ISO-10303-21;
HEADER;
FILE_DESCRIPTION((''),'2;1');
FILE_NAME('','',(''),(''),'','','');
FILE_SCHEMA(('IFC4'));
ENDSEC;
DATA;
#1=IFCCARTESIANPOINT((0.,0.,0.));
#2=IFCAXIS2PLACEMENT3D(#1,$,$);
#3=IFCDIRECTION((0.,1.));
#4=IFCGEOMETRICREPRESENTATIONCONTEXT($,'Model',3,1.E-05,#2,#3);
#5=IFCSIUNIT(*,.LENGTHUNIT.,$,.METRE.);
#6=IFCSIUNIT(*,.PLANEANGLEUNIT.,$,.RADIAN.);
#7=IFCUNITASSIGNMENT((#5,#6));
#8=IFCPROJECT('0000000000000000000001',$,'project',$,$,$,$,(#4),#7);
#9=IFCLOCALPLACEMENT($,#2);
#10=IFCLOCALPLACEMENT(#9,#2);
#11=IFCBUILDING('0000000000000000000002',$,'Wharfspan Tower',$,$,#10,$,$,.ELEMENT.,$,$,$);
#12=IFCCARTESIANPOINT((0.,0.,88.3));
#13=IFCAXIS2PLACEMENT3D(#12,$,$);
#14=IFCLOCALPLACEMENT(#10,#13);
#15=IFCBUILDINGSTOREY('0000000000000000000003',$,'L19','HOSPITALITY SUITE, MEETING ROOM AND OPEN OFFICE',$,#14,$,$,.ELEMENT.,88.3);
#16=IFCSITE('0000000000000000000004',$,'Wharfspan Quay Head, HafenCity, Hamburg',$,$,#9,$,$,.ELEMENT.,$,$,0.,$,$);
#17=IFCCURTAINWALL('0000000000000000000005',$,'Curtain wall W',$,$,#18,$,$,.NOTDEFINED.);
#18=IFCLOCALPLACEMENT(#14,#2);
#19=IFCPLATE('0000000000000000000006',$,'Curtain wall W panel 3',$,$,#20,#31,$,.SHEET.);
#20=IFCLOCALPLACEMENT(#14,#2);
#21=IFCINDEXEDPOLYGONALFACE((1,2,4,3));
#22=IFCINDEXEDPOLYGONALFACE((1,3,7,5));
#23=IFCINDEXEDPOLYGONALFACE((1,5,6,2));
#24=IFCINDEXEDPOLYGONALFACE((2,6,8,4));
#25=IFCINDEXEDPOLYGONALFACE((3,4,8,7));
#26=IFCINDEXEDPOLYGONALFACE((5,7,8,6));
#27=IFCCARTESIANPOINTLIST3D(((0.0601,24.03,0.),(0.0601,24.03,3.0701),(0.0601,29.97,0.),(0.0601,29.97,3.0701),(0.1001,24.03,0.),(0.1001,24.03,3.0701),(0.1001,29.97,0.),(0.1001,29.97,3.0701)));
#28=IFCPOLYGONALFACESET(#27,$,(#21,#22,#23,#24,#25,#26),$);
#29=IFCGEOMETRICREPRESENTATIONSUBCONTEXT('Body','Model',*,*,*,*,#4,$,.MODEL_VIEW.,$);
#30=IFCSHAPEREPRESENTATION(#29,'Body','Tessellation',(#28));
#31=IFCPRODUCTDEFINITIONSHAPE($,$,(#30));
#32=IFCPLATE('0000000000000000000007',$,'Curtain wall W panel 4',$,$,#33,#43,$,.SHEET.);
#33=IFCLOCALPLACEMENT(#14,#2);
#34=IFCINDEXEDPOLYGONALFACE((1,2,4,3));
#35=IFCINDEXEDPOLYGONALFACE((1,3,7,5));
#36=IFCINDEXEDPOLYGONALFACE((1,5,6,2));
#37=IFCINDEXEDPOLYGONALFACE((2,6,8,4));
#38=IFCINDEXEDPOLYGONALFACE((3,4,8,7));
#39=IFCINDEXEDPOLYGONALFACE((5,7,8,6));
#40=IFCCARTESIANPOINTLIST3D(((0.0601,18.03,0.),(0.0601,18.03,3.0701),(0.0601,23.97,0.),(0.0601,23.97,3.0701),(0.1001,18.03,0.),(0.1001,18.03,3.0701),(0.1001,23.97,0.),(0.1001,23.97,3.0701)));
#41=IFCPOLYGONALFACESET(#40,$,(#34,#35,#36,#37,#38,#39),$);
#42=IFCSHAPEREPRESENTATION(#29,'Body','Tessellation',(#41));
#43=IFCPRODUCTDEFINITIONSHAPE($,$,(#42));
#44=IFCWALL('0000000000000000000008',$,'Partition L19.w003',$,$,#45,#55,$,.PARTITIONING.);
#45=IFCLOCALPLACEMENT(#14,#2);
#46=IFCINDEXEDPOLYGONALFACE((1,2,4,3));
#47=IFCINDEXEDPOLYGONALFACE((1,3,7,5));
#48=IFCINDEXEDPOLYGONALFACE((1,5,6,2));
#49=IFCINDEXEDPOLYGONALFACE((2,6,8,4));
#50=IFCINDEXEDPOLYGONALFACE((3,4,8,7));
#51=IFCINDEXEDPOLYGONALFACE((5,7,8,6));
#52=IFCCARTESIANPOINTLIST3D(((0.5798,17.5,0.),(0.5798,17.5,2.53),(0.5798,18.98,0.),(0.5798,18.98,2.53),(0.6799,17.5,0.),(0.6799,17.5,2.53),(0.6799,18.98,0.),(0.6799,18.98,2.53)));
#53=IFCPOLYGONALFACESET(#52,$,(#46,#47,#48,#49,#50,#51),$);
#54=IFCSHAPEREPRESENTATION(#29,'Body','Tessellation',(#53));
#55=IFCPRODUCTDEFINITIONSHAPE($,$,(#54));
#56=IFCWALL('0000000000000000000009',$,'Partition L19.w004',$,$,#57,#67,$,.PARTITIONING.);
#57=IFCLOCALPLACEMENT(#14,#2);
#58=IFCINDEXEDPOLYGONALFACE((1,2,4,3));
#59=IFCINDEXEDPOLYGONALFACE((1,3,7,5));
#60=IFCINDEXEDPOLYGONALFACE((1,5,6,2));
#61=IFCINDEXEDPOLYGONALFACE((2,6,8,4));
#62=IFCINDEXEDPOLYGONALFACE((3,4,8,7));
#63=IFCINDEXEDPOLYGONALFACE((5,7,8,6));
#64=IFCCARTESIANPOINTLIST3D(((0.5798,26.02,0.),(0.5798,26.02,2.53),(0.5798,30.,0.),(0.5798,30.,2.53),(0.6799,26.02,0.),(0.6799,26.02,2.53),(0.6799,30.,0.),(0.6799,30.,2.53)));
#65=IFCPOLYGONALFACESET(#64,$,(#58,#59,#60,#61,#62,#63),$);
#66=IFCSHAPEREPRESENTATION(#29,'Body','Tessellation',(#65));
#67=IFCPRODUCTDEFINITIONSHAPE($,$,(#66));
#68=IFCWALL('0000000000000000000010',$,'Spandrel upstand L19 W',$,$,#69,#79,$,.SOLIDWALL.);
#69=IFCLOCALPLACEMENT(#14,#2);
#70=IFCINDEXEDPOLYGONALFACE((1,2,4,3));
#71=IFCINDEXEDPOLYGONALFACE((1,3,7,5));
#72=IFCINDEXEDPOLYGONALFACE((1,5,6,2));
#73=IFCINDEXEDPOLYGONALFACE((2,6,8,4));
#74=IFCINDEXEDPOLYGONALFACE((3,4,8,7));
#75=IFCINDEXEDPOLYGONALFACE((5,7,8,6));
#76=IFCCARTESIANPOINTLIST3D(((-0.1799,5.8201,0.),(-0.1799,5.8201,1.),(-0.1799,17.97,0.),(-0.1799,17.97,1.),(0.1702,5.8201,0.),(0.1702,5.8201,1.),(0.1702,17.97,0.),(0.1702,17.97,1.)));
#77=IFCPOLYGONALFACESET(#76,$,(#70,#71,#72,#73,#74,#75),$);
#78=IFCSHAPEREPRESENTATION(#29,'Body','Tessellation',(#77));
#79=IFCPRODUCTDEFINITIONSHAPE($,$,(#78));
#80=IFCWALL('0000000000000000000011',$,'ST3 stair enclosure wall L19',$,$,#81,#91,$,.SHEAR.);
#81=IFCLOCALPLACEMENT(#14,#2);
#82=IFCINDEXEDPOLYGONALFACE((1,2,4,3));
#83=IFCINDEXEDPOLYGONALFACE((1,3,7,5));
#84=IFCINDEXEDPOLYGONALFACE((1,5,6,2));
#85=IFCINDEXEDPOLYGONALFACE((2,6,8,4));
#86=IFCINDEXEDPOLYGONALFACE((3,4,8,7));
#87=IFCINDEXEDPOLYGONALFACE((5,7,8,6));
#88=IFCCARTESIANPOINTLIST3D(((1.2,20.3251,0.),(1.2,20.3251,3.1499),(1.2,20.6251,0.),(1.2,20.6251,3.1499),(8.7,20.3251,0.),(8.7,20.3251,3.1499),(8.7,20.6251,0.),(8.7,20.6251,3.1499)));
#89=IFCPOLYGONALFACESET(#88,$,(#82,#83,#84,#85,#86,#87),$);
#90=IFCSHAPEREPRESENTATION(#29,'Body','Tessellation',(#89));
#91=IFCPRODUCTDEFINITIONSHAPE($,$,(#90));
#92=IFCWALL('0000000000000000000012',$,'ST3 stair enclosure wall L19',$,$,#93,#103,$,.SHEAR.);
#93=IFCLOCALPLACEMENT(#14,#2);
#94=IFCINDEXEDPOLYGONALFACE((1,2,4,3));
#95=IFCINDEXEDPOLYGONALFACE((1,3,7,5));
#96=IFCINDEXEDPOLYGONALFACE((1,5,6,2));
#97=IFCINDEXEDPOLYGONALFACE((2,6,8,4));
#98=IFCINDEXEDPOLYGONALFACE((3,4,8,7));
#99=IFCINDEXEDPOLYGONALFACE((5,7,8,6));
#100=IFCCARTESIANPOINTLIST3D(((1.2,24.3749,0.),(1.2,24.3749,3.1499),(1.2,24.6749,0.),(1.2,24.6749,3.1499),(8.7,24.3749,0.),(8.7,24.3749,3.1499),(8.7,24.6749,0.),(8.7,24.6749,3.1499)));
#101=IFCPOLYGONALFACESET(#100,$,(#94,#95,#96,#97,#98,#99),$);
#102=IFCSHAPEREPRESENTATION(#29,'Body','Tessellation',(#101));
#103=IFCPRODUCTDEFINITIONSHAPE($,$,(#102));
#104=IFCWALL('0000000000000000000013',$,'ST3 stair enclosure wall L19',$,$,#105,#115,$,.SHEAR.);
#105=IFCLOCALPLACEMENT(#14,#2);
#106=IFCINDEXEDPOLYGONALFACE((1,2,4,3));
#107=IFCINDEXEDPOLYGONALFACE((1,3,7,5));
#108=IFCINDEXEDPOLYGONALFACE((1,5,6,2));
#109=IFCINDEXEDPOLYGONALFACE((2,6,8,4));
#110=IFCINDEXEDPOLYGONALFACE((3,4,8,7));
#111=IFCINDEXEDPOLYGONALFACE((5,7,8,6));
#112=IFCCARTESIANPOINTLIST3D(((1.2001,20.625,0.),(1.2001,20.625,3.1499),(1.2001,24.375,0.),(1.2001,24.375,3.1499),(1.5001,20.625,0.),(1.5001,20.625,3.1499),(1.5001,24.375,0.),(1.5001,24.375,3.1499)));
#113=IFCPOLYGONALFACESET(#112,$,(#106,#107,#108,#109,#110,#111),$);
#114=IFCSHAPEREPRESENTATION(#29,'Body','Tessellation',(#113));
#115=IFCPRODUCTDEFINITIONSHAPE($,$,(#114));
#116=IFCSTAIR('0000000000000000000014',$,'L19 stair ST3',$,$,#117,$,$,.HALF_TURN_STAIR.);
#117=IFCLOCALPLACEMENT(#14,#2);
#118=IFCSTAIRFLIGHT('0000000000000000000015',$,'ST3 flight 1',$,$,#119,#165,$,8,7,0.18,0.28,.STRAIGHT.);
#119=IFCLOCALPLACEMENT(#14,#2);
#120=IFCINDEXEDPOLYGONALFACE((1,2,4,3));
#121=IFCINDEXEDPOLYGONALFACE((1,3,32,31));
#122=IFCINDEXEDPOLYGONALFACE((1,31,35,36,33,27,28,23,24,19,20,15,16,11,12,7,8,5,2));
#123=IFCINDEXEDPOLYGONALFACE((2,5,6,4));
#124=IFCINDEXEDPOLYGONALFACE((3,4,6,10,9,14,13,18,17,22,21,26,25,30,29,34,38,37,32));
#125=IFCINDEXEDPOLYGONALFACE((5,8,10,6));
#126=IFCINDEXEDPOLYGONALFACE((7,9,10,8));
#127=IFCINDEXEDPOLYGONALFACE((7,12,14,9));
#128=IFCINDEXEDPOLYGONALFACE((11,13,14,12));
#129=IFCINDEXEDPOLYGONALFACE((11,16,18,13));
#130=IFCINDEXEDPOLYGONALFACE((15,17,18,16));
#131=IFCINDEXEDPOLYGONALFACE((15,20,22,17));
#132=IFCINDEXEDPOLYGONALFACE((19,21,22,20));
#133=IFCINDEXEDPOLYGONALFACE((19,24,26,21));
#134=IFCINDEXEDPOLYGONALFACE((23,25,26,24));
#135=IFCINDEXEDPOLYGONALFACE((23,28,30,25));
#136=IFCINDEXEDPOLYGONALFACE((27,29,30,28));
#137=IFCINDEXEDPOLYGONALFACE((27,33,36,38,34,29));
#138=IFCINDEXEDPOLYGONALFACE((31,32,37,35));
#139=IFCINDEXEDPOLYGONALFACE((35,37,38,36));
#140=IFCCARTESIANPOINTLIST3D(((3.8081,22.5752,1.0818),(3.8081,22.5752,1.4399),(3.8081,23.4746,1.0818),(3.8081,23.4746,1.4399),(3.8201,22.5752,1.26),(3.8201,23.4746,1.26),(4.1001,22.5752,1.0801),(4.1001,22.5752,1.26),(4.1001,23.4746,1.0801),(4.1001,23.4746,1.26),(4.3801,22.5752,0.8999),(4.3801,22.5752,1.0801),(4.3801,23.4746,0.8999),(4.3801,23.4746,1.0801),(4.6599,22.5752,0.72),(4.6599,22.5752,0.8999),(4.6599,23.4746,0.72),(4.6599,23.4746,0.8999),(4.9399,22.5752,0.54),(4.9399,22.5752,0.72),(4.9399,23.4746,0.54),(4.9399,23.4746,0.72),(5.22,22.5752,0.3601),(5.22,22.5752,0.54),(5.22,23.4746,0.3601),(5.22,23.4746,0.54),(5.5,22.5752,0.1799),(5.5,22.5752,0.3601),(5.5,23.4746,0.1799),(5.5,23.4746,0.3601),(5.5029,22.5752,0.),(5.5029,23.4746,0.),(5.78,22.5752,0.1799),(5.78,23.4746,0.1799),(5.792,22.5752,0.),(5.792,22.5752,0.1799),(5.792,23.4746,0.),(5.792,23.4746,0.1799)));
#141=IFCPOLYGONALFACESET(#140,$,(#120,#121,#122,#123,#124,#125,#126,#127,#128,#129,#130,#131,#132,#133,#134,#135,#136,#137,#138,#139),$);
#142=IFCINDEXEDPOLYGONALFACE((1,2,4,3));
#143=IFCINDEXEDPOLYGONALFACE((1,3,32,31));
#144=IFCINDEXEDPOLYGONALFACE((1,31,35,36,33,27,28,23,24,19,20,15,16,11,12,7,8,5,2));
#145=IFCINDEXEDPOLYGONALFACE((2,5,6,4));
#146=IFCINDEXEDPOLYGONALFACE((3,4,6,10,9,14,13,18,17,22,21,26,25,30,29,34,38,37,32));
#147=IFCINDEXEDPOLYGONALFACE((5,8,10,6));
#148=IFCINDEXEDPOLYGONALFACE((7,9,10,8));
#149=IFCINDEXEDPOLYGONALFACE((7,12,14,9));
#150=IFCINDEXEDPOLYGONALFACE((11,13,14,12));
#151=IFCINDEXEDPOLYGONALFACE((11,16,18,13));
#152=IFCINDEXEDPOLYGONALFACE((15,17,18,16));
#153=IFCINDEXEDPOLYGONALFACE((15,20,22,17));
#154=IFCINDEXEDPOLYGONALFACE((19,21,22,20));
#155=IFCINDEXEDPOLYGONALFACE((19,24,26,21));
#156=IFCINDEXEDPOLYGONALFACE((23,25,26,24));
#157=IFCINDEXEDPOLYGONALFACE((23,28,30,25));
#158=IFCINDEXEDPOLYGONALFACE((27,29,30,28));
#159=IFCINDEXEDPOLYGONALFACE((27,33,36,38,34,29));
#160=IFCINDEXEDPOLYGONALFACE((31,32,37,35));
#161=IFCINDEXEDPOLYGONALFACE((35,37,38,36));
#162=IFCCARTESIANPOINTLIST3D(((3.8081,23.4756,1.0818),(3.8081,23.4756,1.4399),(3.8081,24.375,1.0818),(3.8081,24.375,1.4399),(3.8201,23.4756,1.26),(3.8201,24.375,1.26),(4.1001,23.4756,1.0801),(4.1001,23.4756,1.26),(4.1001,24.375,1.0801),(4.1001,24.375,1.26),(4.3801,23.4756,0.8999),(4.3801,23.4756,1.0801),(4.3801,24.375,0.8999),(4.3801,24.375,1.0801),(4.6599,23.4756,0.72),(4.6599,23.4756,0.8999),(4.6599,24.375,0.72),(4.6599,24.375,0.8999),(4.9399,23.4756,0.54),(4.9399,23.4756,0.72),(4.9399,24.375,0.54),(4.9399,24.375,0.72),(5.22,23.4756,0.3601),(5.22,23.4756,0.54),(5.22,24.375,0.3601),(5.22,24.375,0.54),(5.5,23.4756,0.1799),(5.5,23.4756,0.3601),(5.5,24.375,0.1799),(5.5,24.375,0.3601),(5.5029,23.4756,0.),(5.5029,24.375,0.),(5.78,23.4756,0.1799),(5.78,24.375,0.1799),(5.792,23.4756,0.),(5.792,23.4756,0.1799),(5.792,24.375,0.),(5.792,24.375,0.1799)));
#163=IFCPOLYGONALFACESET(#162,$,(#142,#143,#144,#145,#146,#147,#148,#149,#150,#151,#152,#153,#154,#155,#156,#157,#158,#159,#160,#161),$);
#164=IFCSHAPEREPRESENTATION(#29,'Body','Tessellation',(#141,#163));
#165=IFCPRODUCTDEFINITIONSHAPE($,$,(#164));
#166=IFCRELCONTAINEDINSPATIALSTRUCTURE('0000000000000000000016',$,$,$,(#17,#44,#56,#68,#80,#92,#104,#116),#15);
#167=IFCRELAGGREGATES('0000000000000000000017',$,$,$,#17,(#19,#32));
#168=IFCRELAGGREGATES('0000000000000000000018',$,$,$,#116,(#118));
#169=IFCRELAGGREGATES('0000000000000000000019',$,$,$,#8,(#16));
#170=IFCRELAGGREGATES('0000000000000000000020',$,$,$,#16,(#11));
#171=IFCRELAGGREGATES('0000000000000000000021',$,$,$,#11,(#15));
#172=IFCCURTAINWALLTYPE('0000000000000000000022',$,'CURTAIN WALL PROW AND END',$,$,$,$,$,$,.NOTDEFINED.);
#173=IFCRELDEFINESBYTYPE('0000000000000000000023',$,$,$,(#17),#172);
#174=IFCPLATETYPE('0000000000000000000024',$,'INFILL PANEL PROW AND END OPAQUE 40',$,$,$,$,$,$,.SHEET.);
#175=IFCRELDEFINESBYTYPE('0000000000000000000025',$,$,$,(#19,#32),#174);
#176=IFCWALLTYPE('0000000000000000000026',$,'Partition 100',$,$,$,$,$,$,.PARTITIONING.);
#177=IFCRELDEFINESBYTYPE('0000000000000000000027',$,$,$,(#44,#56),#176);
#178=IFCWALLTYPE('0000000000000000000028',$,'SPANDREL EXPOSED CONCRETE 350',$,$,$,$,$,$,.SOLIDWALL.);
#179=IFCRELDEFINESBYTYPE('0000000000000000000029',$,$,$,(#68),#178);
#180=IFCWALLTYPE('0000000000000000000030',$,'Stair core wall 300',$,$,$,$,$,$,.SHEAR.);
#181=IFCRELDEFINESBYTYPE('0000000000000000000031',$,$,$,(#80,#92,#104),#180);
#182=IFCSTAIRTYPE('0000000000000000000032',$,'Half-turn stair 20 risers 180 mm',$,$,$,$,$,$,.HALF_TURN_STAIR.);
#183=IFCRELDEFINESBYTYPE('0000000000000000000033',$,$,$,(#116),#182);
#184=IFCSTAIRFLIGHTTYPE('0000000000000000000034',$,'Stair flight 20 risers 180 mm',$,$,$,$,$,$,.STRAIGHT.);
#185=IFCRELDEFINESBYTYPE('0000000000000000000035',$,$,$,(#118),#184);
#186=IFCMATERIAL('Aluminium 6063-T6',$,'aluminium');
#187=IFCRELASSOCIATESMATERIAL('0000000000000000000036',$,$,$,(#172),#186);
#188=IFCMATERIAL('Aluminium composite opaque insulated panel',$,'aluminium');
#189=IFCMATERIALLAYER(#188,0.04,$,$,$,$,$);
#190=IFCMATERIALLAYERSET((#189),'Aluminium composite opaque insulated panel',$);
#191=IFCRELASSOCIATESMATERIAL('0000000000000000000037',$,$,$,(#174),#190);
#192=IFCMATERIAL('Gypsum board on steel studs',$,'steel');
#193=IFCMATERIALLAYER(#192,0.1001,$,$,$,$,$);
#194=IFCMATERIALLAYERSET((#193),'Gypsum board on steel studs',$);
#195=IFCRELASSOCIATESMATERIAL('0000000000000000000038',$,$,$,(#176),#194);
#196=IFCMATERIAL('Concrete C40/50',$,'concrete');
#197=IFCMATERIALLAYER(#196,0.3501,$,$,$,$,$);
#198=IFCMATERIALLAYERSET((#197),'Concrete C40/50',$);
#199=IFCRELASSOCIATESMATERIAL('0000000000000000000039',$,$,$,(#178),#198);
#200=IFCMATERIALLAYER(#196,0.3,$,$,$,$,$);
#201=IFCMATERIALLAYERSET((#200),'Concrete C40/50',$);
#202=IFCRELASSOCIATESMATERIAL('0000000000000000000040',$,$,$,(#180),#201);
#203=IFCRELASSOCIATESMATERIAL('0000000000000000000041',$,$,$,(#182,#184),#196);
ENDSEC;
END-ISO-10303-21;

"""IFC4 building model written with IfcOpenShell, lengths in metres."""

from ifc_helpers import new_model, si_unit, direction, frame, frame_2d, origin, origin_2d, place, context, subcontext, project, spatial, polyline, rectangle, outline, extrude, material, layer, layer_set, type_object, element, aggregate, save


model = new_model("IFC4")

# Units and contexts
model_context = context("Model", 3, precision=1e-05, world=origin(), true_north=direction((0.0, 1.0)))
body_context = subcontext(model_context, "Body", "Model", "MODEL_VIEW")
ifc_project = project(units=[si_unit("LENGTHUNIT", "METRE"), si_unit("PLANEANGLEUNIT", "RADIAN")], contexts=[model_context])

# Site, building, storey
site_placement = place(None, origin())
site = spatial("IfcSite", under=ifc_project, at=site_placement, Name="Wharfspan Quay Head, HafenCity, Hamburg", CompositionType="ELEMENT", RefElevation=0.0)
building_placement = place(site_placement, origin())
building = spatial("IfcBuilding", under=site, at=building_placement, Name="Wharfspan Tower", CompositionType="ELEMENT")
storey_placement = place(building_placement, frame((0.0, 0.0, 88.3)))
storey = spatial("IfcBuildingStorey", under=building, at=storey_placement, Name="L19", Description="HOSPITALITY SUITE, MEETING ROOM AND OPEN OFFICE", CompositionType="ELEMENT", Elevation=88.3)

# Curtain wall, plates
ifc_material_1 = material(Name="Aluminium 6063-T6", Category="aluminium")
curtain_wall_type = type_object("IfcCurtainWallType", Name="CURTAIN WALL PROW AND END", PredefinedType="NOTDEFINED", material=ifc_material_1)
curtain_wall_placement = place(storey_placement, origin())
curtain_wall = element("IfcCurtainWall", 1, at=curtain_wall_placement, inside=storey, type_object=curtain_wall_type, Name="Curtain wall W", PredefinedType="NOTDEFINED")
ifc_material_2 = material(Name="Aluminium composite opaque insulated panel", Category="aluminium")
ifc_layer_1 = layer(ifc_material_2, 0.04)
ifc_layer_set_1 = layer_set([ifc_layer_1], Name="Aluminium composite opaque insulated panel")
plate_type_1 = type_object("IfcPlateType", Name="INFILL PANEL PROW AND END OPAQUE 40", PredefinedType="SHEET", material=ifc_layer_set_1)
plate_1_placement = place(storey_placement, frame((0.0801, 27.0, 0.0), z_axis=(0.0, 0.0, 1.0), x_axis=(0.0, -1.0, 0.0)))
plate_1 = element("IfcPlate", 2, at=plate_1_placement, type_object=plate_type_1, Name="Curtain wall W panel 3", PredefinedType="SHEET", context=body_context, shape_type="SweptSolid", body=[
    extrude(rectangle(XDim=5.9399, YDim=0.04, at=origin_2d()), origin(), (0.0, 0.0, 1.0), 3.0701),
])
plate_2_placement = place(storey_placement, frame((0.0801, 21.0, 0.0), z_axis=(0.0, 0.0, 1.0), x_axis=(0.0, -1.0, 0.0)))
plate_2 = element("IfcPlate", 3, at=plate_2_placement, type_object=plate_type_1, Name="Curtain wall W panel 4", PredefinedType="SHEET", context=body_context, shape_type="SweptSolid", body=[
    extrude(rectangle(XDim=5.9399, YDim=0.04, at=origin_2d()), origin(), (0.0, 0.0, 1.0), 3.0701),
])
aggregate(curtain_wall, [plate_1, plate_2])

# Walls
ifc_material_3 = material(Name="Gypsum board on steel studs", Category="steel")
ifc_layer_2 = layer(ifc_material_3, 0.1001)
ifc_layer_set_2 = layer_set([ifc_layer_2], Name="Gypsum board on steel studs")
wall_type_1 = type_object("IfcWallType", Name="Partition 100", PredefinedType="PARTITIONING", material=ifc_layer_set_2)
wall_1_placement = place(storey_placement, frame((0.6299, 17.5, 0.0), z_axis=(0.0, 0.0, 1.0), x_axis=(0.0, 1.0, 0.0)))
element("IfcWall", 4, at=wall_1_placement, inside=storey, type_object=wall_type_1, Name="Partition L19.w003", PredefinedType="PARTITIONING", context=body_context, shape_type="SweptSolid", body=[
    extrude(rectangle(XDim=1.48, YDim=0.1001, at=frame_2d((0.74, 0.0))), origin(), (0.0, 0.0, 1.0), 2.53),
])
wall_2_placement = place(storey_placement, frame((0.6299, 26.02, 0.0), z_axis=(0.0, 0.0, 1.0), x_axis=(0.0, 1.0, 0.0)))
element("IfcWall", 5, at=wall_2_placement, inside=storey, type_object=wall_type_1, Name="Partition L19.w004", PredefinedType="PARTITIONING", context=body_context, shape_type="SweptSolid", body=[
    extrude(rectangle(XDim=3.98, YDim=0.1001, at=frame_2d((1.99, 0.0))), origin(), (0.0, 0.0, 1.0), 2.53),
])
ifc_material_4 = material(Name="Concrete C40/50", Category="concrete")
ifc_layer_3 = layer(ifc_material_4, 0.3501)
ifc_layer_set_3 = layer_set([ifc_layer_3], Name="Concrete C40/50")
wall_type_2 = type_object("IfcWallType", Name="SPANDREL EXPOSED CONCRETE 350", PredefinedType="SOLIDWALL", material=ifc_layer_set_3)
wall_3_placement = place(storey_placement, frame((-0.0049, 17.97, 0.0), z_axis=(0.0, 0.0, 1.0), x_axis=(0.0, -1.0, 0.0)))
element("IfcWall", 6, at=wall_3_placement, inside=storey, type_object=wall_type_2, Name="Spandrel upstand L19 W", PredefinedType="SOLIDWALL", context=body_context, shape_type="SweptSolid", body=[
    extrude(rectangle(XDim=12.1499, YDim=0.3501, at=frame_2d((6.075, 0.0))), origin(), (0.0, 0.0, 1.0), 1.0),
])
ifc_layer_4 = layer(ifc_material_4, 0.3)
ifc_layer_set_4 = layer_set([ifc_layer_4], Name="Concrete C40/50")
wall_type_3 = type_object("IfcWallType", Name="Stair core wall 300", PredefinedType="SHEAR", material=ifc_layer_set_4)
for number, where, z_axis, x_axis, name in (
    (7, (1.2, 20.4751, 0.0), (0.0, 0.0, 1.0), (1.0, 0.0, 0.0), "ST3 stair enclosure wall L19"),
    (8, (1.2, 24.5249, 0.0), (0.0, 0.0, 1.0), (1.0, 0.0, 0.0), "ST3 stair enclosure wall L19"),
):
    element("IfcWall", number, at=place(storey_placement, frame(where, z_axis=z_axis, x_axis=x_axis)), inside=storey, type_object=wall_type_3, Name=name, PredefinedType="SHEAR", context=body_context, shape_type="SweptSolid", body=[
        extrude(rectangle(XDim=7.5, YDim=0.3, at=frame_2d((3.75, 0.0))), origin(), (0.0, 0.0, 1.0), 3.1499),
    ])
wall_4_placement = place(storey_placement, frame((1.3501, 20.625, 0.0), z_axis=(0.0, 0.0, 1.0), x_axis=(0.0, 1.0, 0.0)))
element("IfcWall", 9, at=wall_4_placement, inside=storey, type_object=wall_type_3, Name="ST3 stair enclosure wall L19", PredefinedType="SHEAR", context=body_context, shape_type="SweptSolid", body=[
    extrude(rectangle(XDim=3.75, YDim=0.3, at=frame_2d((1.875, 0.0))), origin(), (0.0, 0.0, 1.0), 3.1499),
])

# Stair, stair flight
stair_type = type_object("IfcStairType", Name="Half-turn stair 20 risers 180 mm", PredefinedType="HALF_TURN_STAIR", material=ifc_material_4)
stair_placement = place(storey_placement, origin())
stair = element("IfcStair", 10, at=stair_placement, inside=storey, type_object=stair_type, Name="L19 stair ST3", PredefinedType="HALF_TURN_STAIR")
stair_flight_type = type_object("IfcStairFlightType", Name="Stair flight 20 risers 180 mm", PredefinedType="STRAIGHT", material=ifc_material_4)
stair_flight_1_placement = place(storey_placement, frame((5.78, 23.4751, 0.0), z_axis=(0.0, 0.0, 1.0), x_axis=(-1.0, 0.0, 0.0)))
stair_flight_1 = element("IfcStairFlight", 11, at=stair_flight_1_placement, type_object=stair_flight_type, Name="ST3 flight 1", NumberOfRisers=8, NumberOfTreads=7, PredefinedType="STRAIGHT", RiserHeight=0.18, TreadLength=0.28, context=body_context, shape_type="SweptSolid", body=[
    extrude(outline(polyline([(-0.012, 0.0), (-0.012, 0.1799), (0.0, 0.1799), (0.28, 0.1799), (0.28, 0.3601), (0.5601, 0.3601), (0.5601, 0.54), (0.8401, 0.54), (0.8401, 0.72), (1.1201, 0.72), (1.1201, 0.8999), (1.3999, 0.8999), (1.3999, 1.0801), (1.6799, 1.0801), (1.6799, 1.26), (1.96, 1.26), (1.9719, 1.4399), (1.9719, 1.0818), (0.2771, 0.0), (-0.012, 0.0)])), frame((0.0, 0.8999, 0.0), z_axis=(0.0, -1.0, 0.0), x_axis=(1.0, 0.0, 0.0)), (0.0, 0.0, 1.0), 0.8994),
    extrude(outline(polyline([(-0.012, 0.0), (-0.012, 0.1799), (0.0, 0.1799), (0.28, 0.1799), (0.28, 0.3601), (0.5601, 0.3601), (0.5601, 0.54), (0.8401, 0.54), (0.8401, 0.72), (1.1201, 0.72), (1.1201, 0.8999), (1.3999, 0.8999), (1.3999, 1.0801), (1.6799, 1.0801), (1.6799, 1.26), (1.96, 1.26), (1.9719, 1.4399), (1.9719, 1.0818), (0.2771, 0.0), (-0.012, 0.0)])), frame((0.0, -0.0005, 0.0), z_axis=(0.0, -1.0, 0.0), x_axis=(1.0, 0.0, 0.0)), (0.0, 0.0, 1.0), 0.8994),
])
aggregate(stair, [stair_flight_1])

save(model, "model.ifc")
